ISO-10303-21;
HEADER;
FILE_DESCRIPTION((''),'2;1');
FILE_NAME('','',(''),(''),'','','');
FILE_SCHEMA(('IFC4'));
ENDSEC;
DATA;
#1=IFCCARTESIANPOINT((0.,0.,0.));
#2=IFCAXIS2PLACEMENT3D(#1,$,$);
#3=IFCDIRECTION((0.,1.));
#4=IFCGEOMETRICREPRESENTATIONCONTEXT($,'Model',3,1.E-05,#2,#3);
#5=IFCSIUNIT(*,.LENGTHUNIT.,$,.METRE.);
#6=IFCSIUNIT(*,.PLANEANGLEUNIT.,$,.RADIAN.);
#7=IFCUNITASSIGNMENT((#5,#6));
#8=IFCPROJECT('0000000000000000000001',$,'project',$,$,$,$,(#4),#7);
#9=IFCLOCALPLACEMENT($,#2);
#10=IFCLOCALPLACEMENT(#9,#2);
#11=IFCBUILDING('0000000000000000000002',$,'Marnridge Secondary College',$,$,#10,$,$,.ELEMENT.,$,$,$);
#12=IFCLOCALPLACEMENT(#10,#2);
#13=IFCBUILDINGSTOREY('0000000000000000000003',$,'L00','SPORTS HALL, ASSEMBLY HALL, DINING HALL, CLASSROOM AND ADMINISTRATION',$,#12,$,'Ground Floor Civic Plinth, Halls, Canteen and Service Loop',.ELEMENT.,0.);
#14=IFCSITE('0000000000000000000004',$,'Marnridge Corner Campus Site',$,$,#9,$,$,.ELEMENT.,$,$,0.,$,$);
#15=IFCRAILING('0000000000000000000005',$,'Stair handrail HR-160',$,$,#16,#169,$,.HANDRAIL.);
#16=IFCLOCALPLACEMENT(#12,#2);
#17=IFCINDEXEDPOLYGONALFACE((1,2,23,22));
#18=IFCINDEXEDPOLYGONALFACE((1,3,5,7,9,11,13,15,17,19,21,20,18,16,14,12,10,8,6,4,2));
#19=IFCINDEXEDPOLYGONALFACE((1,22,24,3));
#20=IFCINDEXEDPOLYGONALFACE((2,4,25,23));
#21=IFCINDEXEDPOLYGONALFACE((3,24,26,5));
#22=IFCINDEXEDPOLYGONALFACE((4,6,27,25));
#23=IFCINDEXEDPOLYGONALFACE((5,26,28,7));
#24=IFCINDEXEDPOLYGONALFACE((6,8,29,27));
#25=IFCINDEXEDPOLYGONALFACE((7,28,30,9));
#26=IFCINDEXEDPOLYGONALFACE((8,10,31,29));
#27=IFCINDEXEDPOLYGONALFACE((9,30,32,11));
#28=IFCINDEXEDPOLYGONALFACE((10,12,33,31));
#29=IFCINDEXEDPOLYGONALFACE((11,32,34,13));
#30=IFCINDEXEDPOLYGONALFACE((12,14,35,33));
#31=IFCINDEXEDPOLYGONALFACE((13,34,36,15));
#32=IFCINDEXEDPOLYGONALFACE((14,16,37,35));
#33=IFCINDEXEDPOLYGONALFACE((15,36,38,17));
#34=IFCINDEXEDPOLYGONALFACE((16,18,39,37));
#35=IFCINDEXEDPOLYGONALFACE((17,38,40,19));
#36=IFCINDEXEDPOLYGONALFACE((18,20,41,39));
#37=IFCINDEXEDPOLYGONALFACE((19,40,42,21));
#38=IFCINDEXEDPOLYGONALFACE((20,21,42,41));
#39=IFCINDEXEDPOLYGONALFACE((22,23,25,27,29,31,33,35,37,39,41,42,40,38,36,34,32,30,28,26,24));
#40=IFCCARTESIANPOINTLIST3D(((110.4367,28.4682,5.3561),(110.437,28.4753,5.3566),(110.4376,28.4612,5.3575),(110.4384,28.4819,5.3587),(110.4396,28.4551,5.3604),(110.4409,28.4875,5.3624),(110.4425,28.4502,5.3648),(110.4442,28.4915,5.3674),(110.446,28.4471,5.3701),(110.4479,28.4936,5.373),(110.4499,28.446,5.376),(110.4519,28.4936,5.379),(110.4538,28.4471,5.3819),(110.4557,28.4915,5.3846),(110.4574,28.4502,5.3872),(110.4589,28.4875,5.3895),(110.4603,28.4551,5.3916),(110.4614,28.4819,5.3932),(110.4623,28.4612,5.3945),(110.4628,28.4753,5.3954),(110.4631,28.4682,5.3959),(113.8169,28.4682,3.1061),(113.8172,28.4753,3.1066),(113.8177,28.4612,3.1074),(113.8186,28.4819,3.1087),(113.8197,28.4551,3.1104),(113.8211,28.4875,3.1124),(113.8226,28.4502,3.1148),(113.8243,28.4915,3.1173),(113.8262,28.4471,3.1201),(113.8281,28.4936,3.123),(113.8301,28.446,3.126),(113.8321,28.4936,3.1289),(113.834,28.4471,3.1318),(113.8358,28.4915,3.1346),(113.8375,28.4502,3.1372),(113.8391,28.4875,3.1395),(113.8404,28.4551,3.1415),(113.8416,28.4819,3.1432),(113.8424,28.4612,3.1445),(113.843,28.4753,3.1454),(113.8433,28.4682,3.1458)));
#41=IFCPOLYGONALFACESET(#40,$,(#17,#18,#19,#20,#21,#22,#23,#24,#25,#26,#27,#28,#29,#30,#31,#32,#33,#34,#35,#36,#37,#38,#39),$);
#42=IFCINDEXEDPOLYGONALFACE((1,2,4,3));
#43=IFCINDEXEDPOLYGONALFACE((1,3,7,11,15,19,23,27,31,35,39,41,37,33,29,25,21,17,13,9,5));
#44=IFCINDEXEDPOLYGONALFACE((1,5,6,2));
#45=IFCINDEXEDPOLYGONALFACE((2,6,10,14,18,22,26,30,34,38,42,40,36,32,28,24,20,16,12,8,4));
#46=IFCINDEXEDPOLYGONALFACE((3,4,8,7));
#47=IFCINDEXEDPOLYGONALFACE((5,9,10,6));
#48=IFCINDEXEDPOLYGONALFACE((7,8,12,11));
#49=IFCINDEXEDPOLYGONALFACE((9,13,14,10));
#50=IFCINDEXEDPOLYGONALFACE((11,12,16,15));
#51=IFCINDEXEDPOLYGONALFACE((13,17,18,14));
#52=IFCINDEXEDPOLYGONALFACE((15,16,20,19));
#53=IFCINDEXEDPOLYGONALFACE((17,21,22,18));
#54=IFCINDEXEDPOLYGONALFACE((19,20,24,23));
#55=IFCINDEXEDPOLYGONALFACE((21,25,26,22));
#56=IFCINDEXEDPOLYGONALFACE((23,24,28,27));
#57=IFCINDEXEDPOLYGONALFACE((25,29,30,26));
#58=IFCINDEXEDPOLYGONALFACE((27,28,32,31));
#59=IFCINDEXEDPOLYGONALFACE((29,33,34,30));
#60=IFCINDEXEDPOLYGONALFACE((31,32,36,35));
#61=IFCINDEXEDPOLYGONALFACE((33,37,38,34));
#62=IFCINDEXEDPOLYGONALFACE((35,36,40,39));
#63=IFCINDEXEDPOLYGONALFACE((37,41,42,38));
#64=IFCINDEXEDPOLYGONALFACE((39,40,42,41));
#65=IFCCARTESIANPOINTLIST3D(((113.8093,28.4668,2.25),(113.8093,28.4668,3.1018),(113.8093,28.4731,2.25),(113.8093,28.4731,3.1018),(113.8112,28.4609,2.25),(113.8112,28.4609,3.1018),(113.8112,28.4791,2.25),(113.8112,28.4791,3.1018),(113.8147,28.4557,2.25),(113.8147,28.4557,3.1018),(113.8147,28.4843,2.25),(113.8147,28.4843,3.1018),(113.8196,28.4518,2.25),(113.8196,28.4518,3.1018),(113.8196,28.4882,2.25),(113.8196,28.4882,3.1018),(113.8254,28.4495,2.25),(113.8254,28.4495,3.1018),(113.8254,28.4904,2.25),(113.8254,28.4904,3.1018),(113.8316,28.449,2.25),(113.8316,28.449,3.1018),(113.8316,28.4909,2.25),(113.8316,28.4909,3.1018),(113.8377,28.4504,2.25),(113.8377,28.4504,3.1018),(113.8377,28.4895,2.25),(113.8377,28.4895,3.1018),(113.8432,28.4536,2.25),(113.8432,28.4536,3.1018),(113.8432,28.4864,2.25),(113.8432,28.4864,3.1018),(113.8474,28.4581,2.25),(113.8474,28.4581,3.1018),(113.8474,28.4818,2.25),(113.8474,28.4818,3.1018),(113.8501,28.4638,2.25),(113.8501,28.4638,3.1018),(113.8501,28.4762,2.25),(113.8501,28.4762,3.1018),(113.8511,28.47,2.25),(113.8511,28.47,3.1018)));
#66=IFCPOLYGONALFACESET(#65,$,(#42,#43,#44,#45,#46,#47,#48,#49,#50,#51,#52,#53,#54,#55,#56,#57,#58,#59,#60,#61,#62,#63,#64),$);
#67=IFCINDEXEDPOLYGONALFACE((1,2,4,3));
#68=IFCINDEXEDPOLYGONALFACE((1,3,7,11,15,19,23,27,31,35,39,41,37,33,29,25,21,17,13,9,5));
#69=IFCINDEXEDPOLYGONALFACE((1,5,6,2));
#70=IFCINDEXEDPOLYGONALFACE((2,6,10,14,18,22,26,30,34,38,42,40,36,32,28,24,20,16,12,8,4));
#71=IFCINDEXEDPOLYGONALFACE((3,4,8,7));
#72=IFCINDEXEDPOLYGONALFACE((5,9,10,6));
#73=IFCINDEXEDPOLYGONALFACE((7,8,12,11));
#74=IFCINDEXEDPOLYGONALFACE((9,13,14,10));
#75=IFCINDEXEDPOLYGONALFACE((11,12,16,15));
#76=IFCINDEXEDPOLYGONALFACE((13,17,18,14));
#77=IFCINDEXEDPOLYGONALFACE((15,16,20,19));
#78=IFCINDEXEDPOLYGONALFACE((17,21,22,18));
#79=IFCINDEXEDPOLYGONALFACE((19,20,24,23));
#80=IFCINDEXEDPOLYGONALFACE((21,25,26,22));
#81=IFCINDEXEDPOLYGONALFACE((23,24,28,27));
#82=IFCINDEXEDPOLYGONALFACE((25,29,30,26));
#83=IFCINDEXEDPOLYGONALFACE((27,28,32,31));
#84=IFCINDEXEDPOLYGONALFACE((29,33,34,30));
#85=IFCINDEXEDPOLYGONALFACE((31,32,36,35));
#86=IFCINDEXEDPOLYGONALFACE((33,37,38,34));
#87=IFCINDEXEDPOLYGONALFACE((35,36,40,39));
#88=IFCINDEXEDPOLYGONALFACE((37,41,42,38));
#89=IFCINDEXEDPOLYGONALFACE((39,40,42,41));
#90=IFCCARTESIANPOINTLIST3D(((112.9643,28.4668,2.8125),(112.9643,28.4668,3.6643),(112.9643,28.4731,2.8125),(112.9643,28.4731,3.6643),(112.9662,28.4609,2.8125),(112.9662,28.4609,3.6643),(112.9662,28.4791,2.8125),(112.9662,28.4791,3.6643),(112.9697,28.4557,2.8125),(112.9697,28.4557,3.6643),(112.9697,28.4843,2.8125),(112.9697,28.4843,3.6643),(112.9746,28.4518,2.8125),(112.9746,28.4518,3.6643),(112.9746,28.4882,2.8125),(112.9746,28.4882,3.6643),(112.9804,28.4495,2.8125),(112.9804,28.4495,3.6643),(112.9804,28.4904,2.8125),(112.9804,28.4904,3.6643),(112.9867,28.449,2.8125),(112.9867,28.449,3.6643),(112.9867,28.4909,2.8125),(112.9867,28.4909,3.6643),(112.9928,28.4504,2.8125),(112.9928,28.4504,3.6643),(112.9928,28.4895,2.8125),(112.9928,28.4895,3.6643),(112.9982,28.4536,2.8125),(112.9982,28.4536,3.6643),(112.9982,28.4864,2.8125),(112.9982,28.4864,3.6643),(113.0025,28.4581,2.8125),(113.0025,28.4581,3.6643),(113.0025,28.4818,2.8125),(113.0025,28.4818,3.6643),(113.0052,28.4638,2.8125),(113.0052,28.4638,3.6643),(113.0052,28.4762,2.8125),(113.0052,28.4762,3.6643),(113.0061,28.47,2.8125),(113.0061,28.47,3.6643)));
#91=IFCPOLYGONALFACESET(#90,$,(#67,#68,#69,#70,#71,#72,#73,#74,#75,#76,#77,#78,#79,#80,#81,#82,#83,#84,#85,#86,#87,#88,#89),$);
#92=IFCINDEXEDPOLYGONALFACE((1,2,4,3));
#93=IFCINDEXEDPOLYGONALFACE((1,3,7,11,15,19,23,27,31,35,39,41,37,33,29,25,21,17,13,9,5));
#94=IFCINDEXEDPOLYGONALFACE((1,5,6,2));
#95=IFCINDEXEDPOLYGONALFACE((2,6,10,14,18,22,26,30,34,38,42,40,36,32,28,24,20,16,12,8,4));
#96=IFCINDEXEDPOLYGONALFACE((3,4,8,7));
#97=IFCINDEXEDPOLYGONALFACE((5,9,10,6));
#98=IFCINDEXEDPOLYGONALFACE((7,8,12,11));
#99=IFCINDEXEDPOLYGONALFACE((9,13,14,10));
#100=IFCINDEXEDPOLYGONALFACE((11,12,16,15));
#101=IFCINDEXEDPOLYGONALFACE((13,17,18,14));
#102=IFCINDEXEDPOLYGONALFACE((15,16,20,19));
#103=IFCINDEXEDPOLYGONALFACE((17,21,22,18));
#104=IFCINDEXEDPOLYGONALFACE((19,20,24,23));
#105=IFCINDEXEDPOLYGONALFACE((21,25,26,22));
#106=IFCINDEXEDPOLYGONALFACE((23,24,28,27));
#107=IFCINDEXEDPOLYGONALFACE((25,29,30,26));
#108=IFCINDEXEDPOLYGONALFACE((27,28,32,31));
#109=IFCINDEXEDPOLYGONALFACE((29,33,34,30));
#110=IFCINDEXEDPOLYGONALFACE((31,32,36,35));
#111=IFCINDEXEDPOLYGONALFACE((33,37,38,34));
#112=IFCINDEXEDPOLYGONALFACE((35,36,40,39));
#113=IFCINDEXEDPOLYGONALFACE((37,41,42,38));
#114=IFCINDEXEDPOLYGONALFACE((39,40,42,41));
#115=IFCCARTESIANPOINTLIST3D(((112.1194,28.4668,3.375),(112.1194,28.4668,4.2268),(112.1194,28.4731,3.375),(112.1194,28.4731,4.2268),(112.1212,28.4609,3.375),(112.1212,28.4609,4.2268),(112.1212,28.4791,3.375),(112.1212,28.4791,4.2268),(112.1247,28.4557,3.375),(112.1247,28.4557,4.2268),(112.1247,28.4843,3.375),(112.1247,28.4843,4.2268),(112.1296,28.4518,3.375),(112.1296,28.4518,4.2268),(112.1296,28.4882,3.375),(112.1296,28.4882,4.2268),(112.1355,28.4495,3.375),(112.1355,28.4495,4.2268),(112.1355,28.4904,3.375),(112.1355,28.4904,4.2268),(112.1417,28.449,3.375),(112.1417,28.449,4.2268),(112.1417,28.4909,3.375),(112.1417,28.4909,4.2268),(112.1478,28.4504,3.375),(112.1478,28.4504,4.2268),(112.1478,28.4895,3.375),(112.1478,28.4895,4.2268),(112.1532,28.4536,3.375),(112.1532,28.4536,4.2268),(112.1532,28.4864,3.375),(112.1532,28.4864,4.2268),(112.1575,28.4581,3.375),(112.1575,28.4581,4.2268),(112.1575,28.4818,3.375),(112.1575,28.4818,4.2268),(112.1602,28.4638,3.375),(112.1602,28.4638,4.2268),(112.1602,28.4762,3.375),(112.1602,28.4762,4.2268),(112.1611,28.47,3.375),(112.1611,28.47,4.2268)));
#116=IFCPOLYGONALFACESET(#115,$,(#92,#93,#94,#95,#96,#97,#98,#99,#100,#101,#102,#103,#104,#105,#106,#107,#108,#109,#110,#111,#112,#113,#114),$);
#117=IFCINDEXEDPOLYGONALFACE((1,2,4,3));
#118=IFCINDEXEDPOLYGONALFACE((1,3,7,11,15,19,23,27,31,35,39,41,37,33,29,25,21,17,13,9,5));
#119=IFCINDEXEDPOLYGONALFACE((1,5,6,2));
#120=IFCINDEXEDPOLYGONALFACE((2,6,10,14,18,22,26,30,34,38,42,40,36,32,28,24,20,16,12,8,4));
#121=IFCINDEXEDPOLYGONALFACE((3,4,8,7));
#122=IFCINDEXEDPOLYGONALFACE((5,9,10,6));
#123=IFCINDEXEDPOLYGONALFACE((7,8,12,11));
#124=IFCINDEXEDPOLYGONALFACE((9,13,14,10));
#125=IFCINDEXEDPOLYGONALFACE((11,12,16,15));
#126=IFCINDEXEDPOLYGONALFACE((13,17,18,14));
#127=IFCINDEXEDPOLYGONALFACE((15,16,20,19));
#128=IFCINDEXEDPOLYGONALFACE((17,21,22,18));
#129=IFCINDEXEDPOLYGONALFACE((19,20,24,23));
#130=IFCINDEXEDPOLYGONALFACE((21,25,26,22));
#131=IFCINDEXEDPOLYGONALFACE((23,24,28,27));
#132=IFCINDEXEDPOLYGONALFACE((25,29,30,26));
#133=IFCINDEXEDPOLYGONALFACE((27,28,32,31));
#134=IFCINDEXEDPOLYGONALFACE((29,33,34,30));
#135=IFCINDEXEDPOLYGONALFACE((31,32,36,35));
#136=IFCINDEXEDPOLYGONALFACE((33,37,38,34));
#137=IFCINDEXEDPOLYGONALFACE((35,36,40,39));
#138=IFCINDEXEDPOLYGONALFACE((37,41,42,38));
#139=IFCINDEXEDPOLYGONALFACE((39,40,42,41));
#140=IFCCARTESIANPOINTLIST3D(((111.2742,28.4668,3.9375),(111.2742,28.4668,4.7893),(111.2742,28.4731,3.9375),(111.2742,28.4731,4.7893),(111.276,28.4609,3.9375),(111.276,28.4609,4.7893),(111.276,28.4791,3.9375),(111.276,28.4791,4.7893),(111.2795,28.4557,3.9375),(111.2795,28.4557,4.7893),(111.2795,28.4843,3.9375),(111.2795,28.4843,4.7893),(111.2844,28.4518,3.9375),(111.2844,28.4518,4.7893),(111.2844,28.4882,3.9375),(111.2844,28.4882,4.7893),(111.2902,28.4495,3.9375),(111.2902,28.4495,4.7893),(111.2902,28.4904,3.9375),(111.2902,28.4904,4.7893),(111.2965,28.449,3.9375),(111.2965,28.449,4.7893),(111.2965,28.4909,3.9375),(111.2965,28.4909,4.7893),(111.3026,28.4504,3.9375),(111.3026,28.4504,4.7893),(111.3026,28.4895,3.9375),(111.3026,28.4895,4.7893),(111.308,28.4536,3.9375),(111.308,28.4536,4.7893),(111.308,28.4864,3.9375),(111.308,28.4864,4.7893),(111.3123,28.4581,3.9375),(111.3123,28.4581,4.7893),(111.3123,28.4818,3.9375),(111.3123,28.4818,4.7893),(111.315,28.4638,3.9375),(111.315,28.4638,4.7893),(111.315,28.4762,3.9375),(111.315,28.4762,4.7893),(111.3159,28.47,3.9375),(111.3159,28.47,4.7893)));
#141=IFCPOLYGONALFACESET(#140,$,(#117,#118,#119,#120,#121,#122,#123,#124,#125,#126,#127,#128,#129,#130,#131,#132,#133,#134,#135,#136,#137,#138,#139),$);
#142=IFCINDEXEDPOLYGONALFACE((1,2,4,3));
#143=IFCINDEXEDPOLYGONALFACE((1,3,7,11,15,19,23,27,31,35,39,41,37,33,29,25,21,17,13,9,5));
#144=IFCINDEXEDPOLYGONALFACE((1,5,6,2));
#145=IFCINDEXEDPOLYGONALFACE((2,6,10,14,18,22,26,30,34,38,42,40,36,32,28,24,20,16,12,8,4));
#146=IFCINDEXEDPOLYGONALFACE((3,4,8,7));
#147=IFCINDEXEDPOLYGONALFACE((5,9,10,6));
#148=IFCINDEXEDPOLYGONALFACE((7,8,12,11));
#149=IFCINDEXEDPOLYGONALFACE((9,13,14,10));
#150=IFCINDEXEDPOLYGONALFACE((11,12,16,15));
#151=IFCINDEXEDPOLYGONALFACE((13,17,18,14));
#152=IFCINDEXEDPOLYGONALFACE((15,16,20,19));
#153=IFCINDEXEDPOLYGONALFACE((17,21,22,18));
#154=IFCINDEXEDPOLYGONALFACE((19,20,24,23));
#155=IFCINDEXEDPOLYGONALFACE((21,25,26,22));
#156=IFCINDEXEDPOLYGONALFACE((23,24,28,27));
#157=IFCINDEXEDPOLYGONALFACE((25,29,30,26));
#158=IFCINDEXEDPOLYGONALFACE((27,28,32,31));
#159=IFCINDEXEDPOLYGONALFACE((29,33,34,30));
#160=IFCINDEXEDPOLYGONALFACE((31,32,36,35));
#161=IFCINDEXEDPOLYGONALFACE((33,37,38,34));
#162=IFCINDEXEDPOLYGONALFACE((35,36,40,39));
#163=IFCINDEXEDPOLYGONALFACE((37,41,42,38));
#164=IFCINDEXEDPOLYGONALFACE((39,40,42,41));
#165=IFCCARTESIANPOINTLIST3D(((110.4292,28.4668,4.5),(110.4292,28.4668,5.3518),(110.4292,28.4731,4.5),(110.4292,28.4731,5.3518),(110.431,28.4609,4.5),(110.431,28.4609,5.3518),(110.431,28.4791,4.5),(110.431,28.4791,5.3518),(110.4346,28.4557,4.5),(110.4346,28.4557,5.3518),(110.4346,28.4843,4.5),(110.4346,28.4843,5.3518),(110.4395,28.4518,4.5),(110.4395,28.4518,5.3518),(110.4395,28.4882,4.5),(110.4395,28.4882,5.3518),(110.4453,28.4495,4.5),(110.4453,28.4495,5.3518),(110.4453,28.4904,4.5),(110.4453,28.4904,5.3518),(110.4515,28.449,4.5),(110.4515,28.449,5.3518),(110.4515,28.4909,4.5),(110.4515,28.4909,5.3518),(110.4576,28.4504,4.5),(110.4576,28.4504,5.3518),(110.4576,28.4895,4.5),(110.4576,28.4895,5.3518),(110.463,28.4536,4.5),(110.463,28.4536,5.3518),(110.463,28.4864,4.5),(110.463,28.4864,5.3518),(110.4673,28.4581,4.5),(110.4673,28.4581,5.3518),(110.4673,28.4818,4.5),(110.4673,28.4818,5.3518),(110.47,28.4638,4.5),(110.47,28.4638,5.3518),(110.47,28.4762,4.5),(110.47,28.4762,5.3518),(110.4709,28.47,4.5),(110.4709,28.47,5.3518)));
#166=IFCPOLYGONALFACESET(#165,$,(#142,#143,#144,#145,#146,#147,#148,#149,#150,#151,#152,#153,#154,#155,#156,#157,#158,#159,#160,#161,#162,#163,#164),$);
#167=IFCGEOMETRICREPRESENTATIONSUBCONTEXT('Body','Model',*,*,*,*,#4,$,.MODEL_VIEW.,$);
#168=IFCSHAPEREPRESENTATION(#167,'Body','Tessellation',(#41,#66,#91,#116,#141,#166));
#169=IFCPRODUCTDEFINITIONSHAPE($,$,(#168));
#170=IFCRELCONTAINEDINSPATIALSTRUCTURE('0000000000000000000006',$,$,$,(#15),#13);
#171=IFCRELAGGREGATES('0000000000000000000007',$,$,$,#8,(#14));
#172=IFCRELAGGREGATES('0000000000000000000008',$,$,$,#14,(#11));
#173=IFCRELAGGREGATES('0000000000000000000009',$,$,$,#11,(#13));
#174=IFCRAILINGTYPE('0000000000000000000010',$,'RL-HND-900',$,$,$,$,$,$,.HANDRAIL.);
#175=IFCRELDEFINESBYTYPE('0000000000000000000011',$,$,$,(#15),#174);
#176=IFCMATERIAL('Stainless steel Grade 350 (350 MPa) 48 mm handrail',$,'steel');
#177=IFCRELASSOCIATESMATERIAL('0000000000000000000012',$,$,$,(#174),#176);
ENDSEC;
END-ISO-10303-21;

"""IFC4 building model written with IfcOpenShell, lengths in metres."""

from ifc_helpers import new_model, si_unit, direction, frame, origin, origin_2d, place, context, subcontext, project, spatial, circle, extrude, material, type_object, element, save


model = new_model("IFC4")

# Units and contexts
model_context = context("Model", 3, precision=1e-05, world=origin(), true_north=direction((0.0, 1.0)))
body_context = subcontext(model_context, "Body", "Model", "MODEL_VIEW")
ifc_project = project(units=[si_unit("LENGTHUNIT", "METRE"), si_unit("PLANEANGLEUNIT", "RADIAN")], contexts=[model_context])

# Site, building, storey
site_placement = place(None, origin())
site = spatial("IfcSite", under=ifc_project, at=site_placement, Name="Marnridge Corner Campus Site", CompositionType="ELEMENT", RefElevation=0.0)
building_placement = place(site_placement, origin())
building = spatial("IfcBuilding", under=site, at=building_placement, Name="Marnridge Secondary College", CompositionType="ELEMENT")
storey_placement = place(building_placement, origin())
storey = spatial("IfcBuildingStorey", under=building, at=storey_placement, Name="L00", Description="SPORTS HALL, ASSEMBLY HALL, DINING HALL, CLASSROOM AND ADMINISTRATION", LongName="Ground Floor Civic Plinth, Halls, Canteen and Service Loop", CompositionType="ELEMENT", Elevation=0.0)

# Railing
ifc_material_1 = material(Name="Stainless steel Grade 350 (350 MPa) 48 mm handrail", Category="steel")
railing_type_1 = type_object("IfcRailingType", Name="RL-HND-900", PredefinedType="HANDRAIL", material=ifc_material_1)
for number, where, name in (
    (1, (113.8301, 28.47, 2.25), "Stair handrail HR-160"),
):
    element("IfcRailing", number, at=place(storey_placement, frame(where)), inside=storey, type_object=railing_type_1, Name=name, PredefinedType="HANDRAIL", context=body_context, shape_type="SweptSolid", body=[
        extrude(circle(Radius=0.0239, at=origin_2d()), frame((0.0, 0.0, 0.876), z_axis=(-0.832439, 0.0, 0.554117), x_axis=(0.0, -1.0, 0.0)), (0.0, 0.0, 1.0), 4.0605),
        extrude(circle(Radius=0.021, at=origin_2d()), origin(), (0.0, 0.0, 1.0), 0.8518),
        extrude(circle(Radius=0.021, at=origin_2d()), frame((-0.845, 0.0, 0.5625)), (0.0, 0.0, 1.0), 0.8518),
        extrude(circle(Radius=0.021, at=origin_2d()), frame((-1.6899, 0.0, 1.125)), (0.0, 0.0, 1.0), 0.8518),
        extrude(circle(Radius=0.021, at=origin_2d()), frame((-2.5352, 0.0, 1.6875)), (0.0, 0.0, 1.0), 0.8518),
        extrude(circle(Radius=0.021, at=origin_2d()), frame((-3.3801, 0.0, 2.25)), (0.0, 0.0, 1.0), 0.8518),
    ])

save(model, "model.ifc")
